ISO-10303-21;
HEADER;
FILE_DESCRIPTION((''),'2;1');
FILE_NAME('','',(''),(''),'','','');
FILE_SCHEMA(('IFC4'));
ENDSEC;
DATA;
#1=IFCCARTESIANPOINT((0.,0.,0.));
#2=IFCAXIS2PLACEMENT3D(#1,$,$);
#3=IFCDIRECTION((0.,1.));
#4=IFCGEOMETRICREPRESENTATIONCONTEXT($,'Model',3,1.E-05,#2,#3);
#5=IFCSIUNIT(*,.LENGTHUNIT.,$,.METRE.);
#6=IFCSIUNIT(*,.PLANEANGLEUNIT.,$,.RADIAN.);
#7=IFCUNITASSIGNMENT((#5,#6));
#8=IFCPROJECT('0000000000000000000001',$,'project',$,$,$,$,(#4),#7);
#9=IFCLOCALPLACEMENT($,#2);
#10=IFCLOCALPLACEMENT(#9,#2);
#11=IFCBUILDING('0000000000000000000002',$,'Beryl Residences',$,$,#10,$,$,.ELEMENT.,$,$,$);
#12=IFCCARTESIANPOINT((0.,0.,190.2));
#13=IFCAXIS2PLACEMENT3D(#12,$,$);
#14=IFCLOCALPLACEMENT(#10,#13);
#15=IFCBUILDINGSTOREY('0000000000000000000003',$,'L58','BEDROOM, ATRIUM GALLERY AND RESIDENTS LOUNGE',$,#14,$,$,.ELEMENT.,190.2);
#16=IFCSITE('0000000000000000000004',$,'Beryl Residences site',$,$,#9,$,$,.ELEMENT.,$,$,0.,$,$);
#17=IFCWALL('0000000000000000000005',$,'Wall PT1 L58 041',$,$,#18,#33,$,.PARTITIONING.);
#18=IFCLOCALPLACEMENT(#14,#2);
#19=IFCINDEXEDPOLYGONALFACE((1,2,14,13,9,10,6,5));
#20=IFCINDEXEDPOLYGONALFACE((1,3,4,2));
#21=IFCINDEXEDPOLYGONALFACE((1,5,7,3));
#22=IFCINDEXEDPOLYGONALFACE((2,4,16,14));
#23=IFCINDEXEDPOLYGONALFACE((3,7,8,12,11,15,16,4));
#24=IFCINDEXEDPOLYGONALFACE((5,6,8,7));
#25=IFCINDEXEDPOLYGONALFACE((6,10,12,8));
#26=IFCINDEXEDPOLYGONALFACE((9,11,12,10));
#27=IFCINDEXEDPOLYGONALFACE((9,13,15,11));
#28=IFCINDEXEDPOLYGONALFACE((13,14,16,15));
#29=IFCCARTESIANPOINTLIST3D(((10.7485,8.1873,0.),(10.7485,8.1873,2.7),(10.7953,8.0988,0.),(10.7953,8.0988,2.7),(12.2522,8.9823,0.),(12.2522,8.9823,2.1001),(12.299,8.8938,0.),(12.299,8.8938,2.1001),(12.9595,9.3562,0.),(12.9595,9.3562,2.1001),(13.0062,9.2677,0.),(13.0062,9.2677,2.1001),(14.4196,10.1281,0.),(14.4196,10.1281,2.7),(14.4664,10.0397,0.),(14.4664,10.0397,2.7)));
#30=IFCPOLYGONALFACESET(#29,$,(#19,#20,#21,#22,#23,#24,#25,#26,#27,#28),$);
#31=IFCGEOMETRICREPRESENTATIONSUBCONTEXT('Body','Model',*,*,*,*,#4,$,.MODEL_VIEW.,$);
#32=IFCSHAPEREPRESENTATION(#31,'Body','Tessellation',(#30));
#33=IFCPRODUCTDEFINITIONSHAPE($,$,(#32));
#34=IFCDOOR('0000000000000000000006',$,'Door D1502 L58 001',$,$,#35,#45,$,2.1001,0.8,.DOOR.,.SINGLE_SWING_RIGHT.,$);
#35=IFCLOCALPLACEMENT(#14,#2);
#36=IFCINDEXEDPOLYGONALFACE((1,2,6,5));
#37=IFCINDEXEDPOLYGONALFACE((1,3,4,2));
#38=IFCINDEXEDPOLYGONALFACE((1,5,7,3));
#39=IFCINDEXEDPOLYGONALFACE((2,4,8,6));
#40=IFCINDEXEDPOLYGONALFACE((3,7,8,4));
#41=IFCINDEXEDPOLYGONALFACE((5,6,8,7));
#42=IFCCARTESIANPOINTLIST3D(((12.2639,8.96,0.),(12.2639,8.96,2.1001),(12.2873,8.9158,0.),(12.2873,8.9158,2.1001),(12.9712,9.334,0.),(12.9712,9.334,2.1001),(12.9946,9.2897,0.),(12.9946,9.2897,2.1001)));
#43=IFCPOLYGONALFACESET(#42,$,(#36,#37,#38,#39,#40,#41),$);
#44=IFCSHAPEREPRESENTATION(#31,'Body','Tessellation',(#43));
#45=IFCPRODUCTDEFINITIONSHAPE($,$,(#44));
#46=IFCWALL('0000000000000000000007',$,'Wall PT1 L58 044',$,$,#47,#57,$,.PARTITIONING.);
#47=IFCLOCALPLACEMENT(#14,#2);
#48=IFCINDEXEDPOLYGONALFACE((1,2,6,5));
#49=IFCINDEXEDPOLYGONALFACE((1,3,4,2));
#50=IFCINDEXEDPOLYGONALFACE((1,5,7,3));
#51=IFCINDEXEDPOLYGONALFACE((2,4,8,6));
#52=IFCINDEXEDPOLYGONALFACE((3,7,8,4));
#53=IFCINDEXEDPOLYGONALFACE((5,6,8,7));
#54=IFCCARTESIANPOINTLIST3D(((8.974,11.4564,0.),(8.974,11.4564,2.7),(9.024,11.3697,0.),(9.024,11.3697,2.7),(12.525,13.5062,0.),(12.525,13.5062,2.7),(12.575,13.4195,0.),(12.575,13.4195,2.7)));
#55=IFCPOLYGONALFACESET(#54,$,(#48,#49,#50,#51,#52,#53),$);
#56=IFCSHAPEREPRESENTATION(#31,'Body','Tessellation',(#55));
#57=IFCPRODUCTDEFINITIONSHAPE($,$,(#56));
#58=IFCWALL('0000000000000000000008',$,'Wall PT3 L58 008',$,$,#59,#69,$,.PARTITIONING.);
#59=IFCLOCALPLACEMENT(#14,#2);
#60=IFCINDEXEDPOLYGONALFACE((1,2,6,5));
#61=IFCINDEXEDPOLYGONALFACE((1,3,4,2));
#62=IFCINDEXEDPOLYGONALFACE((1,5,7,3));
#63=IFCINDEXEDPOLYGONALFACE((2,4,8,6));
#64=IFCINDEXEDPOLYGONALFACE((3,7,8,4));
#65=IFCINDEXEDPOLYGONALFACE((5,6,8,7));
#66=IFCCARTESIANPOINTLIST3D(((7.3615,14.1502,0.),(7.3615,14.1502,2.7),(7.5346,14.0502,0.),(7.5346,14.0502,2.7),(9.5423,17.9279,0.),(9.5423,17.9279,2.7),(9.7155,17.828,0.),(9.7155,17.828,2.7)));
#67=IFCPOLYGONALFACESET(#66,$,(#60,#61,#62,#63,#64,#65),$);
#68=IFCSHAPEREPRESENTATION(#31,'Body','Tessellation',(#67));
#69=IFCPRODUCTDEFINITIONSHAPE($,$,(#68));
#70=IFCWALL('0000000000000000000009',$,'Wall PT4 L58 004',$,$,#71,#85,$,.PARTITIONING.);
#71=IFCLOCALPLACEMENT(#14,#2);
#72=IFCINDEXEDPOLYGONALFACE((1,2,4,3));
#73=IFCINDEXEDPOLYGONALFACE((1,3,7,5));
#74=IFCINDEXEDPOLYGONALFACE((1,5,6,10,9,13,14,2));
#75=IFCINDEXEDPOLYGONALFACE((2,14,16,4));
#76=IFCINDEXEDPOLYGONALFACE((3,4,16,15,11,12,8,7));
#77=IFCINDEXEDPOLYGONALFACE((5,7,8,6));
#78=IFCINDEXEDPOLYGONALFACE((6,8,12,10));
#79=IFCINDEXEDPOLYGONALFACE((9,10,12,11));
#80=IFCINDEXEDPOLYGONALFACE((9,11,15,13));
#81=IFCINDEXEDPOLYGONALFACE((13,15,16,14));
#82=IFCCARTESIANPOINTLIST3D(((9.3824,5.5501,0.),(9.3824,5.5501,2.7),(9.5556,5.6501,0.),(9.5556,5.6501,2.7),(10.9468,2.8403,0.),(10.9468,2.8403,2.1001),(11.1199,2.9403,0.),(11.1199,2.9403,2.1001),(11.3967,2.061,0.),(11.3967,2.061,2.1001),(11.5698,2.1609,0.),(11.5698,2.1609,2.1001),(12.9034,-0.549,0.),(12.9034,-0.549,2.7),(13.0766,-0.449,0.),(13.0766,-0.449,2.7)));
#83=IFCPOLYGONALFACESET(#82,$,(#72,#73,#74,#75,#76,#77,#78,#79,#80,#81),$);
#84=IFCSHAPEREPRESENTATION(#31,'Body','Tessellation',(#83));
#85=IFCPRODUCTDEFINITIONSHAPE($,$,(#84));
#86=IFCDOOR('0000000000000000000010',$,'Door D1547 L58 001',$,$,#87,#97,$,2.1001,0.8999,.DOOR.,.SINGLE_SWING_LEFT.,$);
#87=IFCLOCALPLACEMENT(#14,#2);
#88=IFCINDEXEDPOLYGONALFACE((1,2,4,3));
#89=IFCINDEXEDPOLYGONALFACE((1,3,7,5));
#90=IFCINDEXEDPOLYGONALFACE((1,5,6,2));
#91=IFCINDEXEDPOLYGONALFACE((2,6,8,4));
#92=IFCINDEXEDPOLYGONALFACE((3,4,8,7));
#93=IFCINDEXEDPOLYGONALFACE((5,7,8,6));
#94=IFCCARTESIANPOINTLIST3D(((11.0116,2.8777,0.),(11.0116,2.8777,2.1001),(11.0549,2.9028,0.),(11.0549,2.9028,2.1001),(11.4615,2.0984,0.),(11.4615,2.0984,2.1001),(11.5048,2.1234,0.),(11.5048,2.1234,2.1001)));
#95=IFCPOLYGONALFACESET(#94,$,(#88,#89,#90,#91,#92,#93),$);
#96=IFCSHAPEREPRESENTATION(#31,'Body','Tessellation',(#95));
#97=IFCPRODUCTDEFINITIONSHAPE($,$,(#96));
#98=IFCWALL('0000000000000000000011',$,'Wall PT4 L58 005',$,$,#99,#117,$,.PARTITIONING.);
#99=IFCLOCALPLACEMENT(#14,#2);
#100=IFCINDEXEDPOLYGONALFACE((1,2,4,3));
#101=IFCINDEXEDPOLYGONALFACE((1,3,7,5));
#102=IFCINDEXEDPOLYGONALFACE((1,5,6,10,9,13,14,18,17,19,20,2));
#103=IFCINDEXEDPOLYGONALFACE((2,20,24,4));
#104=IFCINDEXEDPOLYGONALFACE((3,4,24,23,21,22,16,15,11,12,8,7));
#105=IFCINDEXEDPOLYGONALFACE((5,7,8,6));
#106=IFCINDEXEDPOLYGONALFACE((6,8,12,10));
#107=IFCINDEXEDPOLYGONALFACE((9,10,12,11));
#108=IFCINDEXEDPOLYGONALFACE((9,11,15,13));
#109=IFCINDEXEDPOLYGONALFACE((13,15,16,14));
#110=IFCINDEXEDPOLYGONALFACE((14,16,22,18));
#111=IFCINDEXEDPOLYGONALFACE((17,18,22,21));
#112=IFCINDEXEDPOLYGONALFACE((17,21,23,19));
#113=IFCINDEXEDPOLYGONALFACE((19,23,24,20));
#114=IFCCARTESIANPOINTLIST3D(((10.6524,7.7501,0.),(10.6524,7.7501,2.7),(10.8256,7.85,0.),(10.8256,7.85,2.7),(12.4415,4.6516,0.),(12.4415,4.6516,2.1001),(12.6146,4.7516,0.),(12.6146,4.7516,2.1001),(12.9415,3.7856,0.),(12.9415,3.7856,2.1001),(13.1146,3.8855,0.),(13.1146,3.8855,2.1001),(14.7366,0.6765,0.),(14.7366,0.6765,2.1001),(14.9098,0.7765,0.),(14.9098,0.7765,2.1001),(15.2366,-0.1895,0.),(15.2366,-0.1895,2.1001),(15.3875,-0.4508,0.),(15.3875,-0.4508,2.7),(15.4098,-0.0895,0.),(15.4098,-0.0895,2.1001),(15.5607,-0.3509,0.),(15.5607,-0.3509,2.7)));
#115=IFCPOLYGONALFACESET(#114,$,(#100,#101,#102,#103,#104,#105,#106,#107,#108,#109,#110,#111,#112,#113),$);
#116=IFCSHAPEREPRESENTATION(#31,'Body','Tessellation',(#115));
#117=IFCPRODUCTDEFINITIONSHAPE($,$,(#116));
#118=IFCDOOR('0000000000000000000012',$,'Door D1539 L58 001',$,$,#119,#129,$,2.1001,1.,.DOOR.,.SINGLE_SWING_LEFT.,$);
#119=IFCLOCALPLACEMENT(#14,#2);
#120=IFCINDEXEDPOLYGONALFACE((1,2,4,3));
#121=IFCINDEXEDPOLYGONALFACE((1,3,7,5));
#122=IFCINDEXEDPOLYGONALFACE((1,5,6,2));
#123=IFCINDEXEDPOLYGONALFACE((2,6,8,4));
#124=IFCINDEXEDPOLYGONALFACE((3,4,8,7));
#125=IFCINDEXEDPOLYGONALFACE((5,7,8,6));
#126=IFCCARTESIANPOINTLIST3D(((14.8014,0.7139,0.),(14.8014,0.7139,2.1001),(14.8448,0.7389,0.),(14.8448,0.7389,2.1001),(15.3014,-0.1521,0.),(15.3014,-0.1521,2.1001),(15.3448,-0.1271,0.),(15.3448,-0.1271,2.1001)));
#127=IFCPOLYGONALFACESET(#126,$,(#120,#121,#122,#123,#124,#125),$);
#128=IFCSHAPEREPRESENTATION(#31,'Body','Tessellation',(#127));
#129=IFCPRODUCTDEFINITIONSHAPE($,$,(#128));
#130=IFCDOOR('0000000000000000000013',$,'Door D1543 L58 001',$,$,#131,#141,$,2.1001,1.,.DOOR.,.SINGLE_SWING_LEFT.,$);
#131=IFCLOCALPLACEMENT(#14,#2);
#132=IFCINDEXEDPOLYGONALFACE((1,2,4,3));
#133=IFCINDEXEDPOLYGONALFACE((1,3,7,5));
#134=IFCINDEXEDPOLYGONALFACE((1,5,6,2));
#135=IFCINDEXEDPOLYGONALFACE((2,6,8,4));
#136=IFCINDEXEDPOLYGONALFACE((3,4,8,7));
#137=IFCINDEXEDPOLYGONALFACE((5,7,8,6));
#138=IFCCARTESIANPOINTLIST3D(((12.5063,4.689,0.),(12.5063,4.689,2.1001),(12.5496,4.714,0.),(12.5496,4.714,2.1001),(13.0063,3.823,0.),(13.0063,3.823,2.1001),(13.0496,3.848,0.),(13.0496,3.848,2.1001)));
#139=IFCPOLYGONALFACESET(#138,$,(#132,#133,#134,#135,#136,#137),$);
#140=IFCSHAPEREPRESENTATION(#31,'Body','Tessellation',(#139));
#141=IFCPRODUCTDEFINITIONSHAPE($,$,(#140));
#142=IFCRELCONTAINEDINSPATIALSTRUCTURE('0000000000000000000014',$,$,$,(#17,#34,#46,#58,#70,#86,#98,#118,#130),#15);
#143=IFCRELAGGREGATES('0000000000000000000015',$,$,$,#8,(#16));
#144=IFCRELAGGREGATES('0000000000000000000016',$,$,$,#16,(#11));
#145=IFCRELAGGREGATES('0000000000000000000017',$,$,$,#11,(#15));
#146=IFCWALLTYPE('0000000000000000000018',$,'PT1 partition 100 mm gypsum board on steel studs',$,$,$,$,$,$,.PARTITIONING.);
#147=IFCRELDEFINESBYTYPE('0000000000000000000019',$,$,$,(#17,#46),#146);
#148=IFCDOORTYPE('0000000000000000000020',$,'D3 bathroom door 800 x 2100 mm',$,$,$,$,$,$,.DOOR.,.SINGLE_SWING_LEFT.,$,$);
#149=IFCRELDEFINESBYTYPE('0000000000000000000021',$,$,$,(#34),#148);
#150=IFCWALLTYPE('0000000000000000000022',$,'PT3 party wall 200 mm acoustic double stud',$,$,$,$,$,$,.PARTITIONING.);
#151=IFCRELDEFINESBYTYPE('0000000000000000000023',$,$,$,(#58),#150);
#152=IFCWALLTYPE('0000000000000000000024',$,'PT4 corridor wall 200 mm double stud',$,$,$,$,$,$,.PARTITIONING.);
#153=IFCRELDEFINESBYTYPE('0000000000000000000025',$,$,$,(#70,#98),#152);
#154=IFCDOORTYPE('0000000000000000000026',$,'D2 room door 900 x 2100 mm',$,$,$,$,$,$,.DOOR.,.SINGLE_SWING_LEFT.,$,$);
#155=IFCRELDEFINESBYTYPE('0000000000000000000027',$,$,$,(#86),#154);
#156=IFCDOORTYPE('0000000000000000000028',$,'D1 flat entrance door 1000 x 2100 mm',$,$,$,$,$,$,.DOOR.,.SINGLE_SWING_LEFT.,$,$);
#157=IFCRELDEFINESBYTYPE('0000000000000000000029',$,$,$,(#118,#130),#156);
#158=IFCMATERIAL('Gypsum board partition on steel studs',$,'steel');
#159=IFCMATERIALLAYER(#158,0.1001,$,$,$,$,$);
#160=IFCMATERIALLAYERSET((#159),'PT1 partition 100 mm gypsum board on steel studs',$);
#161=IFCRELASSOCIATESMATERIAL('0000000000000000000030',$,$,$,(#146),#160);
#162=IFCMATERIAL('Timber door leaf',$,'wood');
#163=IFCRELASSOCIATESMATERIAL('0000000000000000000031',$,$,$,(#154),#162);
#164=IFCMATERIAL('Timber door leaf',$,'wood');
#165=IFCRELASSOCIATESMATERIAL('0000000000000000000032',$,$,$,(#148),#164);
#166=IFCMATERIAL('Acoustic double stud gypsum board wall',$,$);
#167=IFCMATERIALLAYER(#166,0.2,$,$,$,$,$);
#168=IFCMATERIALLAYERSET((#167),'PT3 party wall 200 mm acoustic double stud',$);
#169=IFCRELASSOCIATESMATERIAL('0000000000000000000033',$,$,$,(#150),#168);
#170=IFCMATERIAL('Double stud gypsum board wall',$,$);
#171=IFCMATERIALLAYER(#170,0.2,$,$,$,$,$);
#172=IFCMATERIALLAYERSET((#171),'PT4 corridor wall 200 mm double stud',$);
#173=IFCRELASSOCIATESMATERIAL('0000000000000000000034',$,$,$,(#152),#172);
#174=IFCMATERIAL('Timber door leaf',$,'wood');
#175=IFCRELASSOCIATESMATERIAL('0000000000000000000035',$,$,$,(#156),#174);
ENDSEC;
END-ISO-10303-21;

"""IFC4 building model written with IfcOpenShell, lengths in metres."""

from ifc_helpers import new_model, si_unit, direction, frame, frame_2d, origin, place, context, subcontext, project, spatial, rectangle, extrude, material, layer, layer_set, type_object, element, fill, save


model = new_model("IFC4")

# Units and contexts
model_context = context("Model", 3, precision=1e-05, world=origin(), true_north=direction((0.0, 1.0)))
body_context = subcontext(model_context, "Body", "Model", "MODEL_VIEW")
ifc_project = project(units=[si_unit("LENGTHUNIT", "METRE"), si_unit("PLANEANGLEUNIT", "RADIAN")], contexts=[model_context])

# Site, building, storey
site_placement = place(None, origin())
site = spatial("IfcSite", under=ifc_project, at=site_placement, Name="Beryl Residences site", CompositionType="ELEMENT", RefElevation=0.0)
building_placement = place(site_placement, origin())
building = spatial("IfcBuilding", under=site, at=building_placement, Name="Beryl Residences", CompositionType="ELEMENT")
storey_placement = place(building_placement, frame((0.0, 0.0, 190.2)))
storey = spatial("IfcBuildingStorey", under=building, at=storey_placement, Name="L58", Description="BEDROOM, ATRIUM GALLERY AND RESIDENTS LOUNGE", CompositionType="ELEMENT", Elevation=190.2)

# Wall, opening, door
ifc_material_1 = material(Name="Gypsum board partition on steel studs", Category="steel")
ifc_layer_1 = layer(ifc_material_1, 0.1001)
ifc_layer_set_1 = layer_set([ifc_layer_1], Name="PT1 partition 100 mm gypsum board on steel studs")
wall_type_1 = type_object("IfcWallType", Name="PT1 partition 100 mm gypsum board on steel studs", PredefinedType="PARTITIONING", material=ifc_layer_set_1)
ifc_material_2 = material(Name="Timber door leaf", Category="wood")
door_type_1 = type_object("IfcDoorType", Name="D2 room door 900 x 2100 mm", OperationType="SINGLE_SWING_LEFT", PredefinedType="DOOR", material=ifc_material_2)
wall_1_placement = place(storey_placement, frame((10.772, 8.1431, 0.0), z_axis=(0.0, 0.0, 1.0), x_axis=(0.884049, 0.467393, 0.0)))
wall_1 = element("IfcWall", 1, at=wall_1_placement, inside=storey, type_object=wall_type_1, Name="Wall PT1 L58 041", PredefinedType="PARTITIONING", context=body_context, shape_type="SweptSolid", body=[
    extrude(rectangle(XDim=4.1526, YDim=0.1001, at=frame_2d((2.0762, 0.0))), origin(), (0.0, 0.0, 1.0), 2.7),
])
opening_1_placement = place(wall_1_placement, frame((1.7009, 0.0, 0.0)))
opening_1 = element("IfcOpeningElement", 2, at=opening_1_placement, cuts=wall_1, PredefinedType="OPENING", context=body_context, shape_type="SweptSolid", body=[
    extrude(rectangle(XDim=0.8, YDim=2.1001, at=frame_2d((0.3999, 1.05))), frame((0.0, 0.0601, 0.0), z_axis=(0.0, -1.0, 0.0), x_axis=(1.0, 0.0, 0.0)), (0.0, 0.0, 1.0), 0.1201),
])
ifc_material_3 = material(Name="Timber door leaf", Category="wood")
door_type_2 = type_object("IfcDoorType", Name="D3 bathroom door 800 x 2100 mm", OperationType="SINGLE_SWING_LEFT", PredefinedType="DOOR", material=ifc_material_3)
door_1_placement = place(opening_1_placement, origin())
door_1 = element("IfcDoor", 3, at=door_1_placement, inside=storey, type_object=door_type_2, Name="Door D1502 L58 001", OperationType="SINGLE_SWING_RIGHT", OverallHeight=2.1001, OverallWidth=0.8, PredefinedType="DOOR", context=body_context, shape_type="SweptSolid", body=[
    extrude(rectangle(XDim=0.8, YDim=2.1001, at=frame_2d((0.3999, 1.05))), frame((0.0, 0.0249, 0.0), z_axis=(0.0, -1.0, 0.0), x_axis=(1.0, 0.0, 0.0)), (0.0, 0.0, 1.0), 0.05),
])
fill(opening_1, door_1)

# Walls
wall_2_placement = place(storey_placement, frame((8.999, 11.4131, 0.0), z_axis=(0.0, 0.0, 1.0), x_axis=(0.866066, 0.49993, 0.0)))
element("IfcWall", 4, at=wall_2_placement, inside=storey, type_object=wall_type_1, Name="Wall PT1 L58 044", PredefinedType="PARTITIONING", context=body_context, shape_type="SweptSolid", body=[
    extrude(rectangle(XDim=4.1001, YDim=0.1001, at=frame_2d((2.05, 0.0))), origin(), (0.0, 0.0, 1.0), 2.7),
])
ifc_material_4 = material(Name="Acoustic double stud gypsum board wall")
ifc_layer_2 = layer(ifc_material_4, 0.2)
ifc_layer_set_2 = layer_set([ifc_layer_2], Name="PT3 party wall 200 mm acoustic double stud")
wall_type_2 = type_object("IfcWallType", Name="PT3 party wall 200 mm acoustic double stud", PredefinedType="PARTITIONING", material=ifc_layer_set_2)
wall_3_placement = place(storey_placement, frame((7.448, 14.1001, 0.0), z_axis=(0.0, 0.0, 1.0), x_axis=(0.499961, 0.866048, 0.0)))
element("IfcWall", 5, at=wall_3_placement, inside=storey, type_object=wall_type_2, Name="Wall PT3 L58 008", PredefinedType="PARTITIONING", context=body_context, shape_type="SweptSolid", body=[
    extrude(rectangle(XDim=4.3621, YDim=0.2, at=frame_2d((2.1812, 0.0))), origin(), (0.0, 0.0, 1.0), 2.7),
])

# Wall, opening, door
ifc_material_5 = material(Name="Double stud gypsum board wall")
ifc_layer_3 = layer(ifc_material_5, 0.2)
ifc_layer_set_3 = layer_set([ifc_layer_3], Name="PT4 corridor wall 200 mm double stud")
wall_type_3 = type_object("IfcWallType", Name="PT4 corridor wall 200 mm double stud", PredefinedType="PARTITIONING", material=ifc_layer_set_3)
wall_4_placement = place(storey_placement, frame((9.469, 5.6001, 0.0), z_axis=(0.0, 0.0, 1.0), x_axis=(0.499965, -0.866046, 0.0)))
wall_4 = element("IfcWall", 6, at=wall_4_placement, inside=storey, type_object=wall_type_3, Name="Wall PT4 L58 004", PredefinedType="PARTITIONING", context=body_context, shape_type="SweptSolid", body=[
    extrude(rectangle(XDim=7.0425, YDim=0.2, at=frame_2d((3.5212, 0.0))), origin(), (0.0, 0.0, 1.0), 2.7),
])
opening_2_placement = place(wall_4_placement, frame((3.1289, 0.0, 0.0)))
opening_2 = element("IfcOpeningElement", 7, at=opening_2_placement, cuts=wall_4, PredefinedType="OPENING", context=body_context, shape_type="SweptSolid", body=[
    extrude(rectangle(XDim=0.8999, YDim=2.1001, at=frame_2d((0.45, 1.05))), frame((0.0, 0.1099, 0.0), z_axis=(0.0, -1.0, 0.0), x_axis=(1.0, 0.0, 0.0)), (0.0, 0.0, 1.0), 0.22),
])
door_2_placement = place(opening_2_placement, origin())
door_2 = element("IfcDoor", 8, at=door_2_placement, inside=storey, type_object=door_type_1, Name="Door D1547 L58 001", OperationType="SINGLE_SWING_LEFT", OverallHeight=2.1001, OverallWidth=0.8999, PredefinedType="DOOR", context=body_context, shape_type="SweptSolid", body=[
    extrude(rectangle(XDim=0.8999, YDim=2.1001, at=frame_2d((0.45, 1.05))), frame((0.0, 0.0249, 0.0), z_axis=(0.0, -1.0, 0.0), x_axis=(1.0, 0.0, 0.0)), (0.0, 0.0, 1.0), 0.05),
])
fill(opening_2, door_2)

# Wall, openings, doors
wall_5_placement = place(storey_placement, frame((10.739, 7.8, 0.0), z_axis=(0.0, 0.0, 1.0), x_axis=(0.500024, -0.866012, 0.0)))
wall_5 = element("IfcWall", 9, at=wall_5_placement, inside=storey, type_object=wall_type_3, Name="Wall PT4 L58 005", PredefinedType="PARTITIONING", context=body_context, shape_type="SweptSolid", body=[
    extrude(rectangle(XDim=9.4697, YDim=0.2, at=frame_2d((4.7349, 0.0))), origin(), (0.0, 0.0, 1.0), 2.7),
])
opening_3_placement = place(wall_5_placement, frame((8.168, 0.0, 0.0)))
opening_3 = element("IfcOpeningElement", 10, at=opening_3_placement, cuts=wall_5, PredefinedType="OPENING", context=body_context, shape_type="SweptSolid", body=[
    extrude(rectangle(XDim=1.0, YDim=2.1001, at=frame_2d((0.5, 1.05))), frame((0.0, 0.1099, 0.0), z_axis=(0.0, -1.0, 0.0), x_axis=(1.0, 0.0, 0.0)), (0.0, 0.0, 1.0), 0.22),
])
opening_4_placement = place(wall_5_placement, frame((3.5779, 0.0, 0.0)))
opening_4 = element("IfcOpeningElement", 11, at=opening_4_placement, cuts=wall_5, PredefinedType="OPENING", context=body_context, shape_type="SweptSolid", body=[
    extrude(rectangle(XDim=1.0, YDim=2.1001, at=frame_2d((0.5, 1.05))), frame((0.0, 0.1099, 0.0), z_axis=(0.0, -1.0, 0.0), x_axis=(1.0, 0.0, 0.0)), (0.0, 0.0, 1.0), 0.22),
])
ifc_material_6 = material(Name="Timber door leaf", Category="wood")
door_type_3 = type_object("IfcDoorType", Name="D1 flat entrance door 1000 x 2100 mm", OperationType="SINGLE_SWING_LEFT", PredefinedType="DOOR", material=ifc_material_6)
door_3_placement = place(opening_3_placement, origin())
door_3 = element("IfcDoor", 12, at=door_3_placement, inside=storey, type_object=door_type_3, Name="Door D1539 L58 001", OperationType="SINGLE_SWING_LEFT", OverallHeight=2.1001, OverallWidth=1.0, PredefinedType="DOOR", context=body_context, shape_type="SweptSolid", body=[
    extrude(rectangle(XDim=1.0, YDim=2.1001, at=frame_2d((0.5, 1.05))), frame((0.0, 0.0249, 0.0), z_axis=(0.0, -1.0, 0.0), x_axis=(1.0, 0.0, 0.0)), (0.0, 0.0, 1.0), 0.05),
])
fill(opening_3, door_3)
door_4_placement = place(opening_4_placement, origin())
door_4 = element("IfcDoor", 13, at=door_4_placement, inside=storey, type_object=door_type_3, Name="Door D1543 L58 001", OperationType="SINGLE_SWING_LEFT", OverallHeight=2.1001, OverallWidth=1.0, PredefinedType="DOOR", context=body_context, shape_type="SweptSolid", body=[
    extrude(rectangle(XDim=1.0, YDim=2.1001, at=frame_2d((0.5, 1.05))), frame((0.0, 0.0249, 0.0), z_axis=(0.0, -1.0, 0.0), x_axis=(1.0, 0.0, 0.0)), (0.0, 0.0, 1.0), 0.05),
])
fill(opening_4, door_4)

save(model, "model.ifc")
